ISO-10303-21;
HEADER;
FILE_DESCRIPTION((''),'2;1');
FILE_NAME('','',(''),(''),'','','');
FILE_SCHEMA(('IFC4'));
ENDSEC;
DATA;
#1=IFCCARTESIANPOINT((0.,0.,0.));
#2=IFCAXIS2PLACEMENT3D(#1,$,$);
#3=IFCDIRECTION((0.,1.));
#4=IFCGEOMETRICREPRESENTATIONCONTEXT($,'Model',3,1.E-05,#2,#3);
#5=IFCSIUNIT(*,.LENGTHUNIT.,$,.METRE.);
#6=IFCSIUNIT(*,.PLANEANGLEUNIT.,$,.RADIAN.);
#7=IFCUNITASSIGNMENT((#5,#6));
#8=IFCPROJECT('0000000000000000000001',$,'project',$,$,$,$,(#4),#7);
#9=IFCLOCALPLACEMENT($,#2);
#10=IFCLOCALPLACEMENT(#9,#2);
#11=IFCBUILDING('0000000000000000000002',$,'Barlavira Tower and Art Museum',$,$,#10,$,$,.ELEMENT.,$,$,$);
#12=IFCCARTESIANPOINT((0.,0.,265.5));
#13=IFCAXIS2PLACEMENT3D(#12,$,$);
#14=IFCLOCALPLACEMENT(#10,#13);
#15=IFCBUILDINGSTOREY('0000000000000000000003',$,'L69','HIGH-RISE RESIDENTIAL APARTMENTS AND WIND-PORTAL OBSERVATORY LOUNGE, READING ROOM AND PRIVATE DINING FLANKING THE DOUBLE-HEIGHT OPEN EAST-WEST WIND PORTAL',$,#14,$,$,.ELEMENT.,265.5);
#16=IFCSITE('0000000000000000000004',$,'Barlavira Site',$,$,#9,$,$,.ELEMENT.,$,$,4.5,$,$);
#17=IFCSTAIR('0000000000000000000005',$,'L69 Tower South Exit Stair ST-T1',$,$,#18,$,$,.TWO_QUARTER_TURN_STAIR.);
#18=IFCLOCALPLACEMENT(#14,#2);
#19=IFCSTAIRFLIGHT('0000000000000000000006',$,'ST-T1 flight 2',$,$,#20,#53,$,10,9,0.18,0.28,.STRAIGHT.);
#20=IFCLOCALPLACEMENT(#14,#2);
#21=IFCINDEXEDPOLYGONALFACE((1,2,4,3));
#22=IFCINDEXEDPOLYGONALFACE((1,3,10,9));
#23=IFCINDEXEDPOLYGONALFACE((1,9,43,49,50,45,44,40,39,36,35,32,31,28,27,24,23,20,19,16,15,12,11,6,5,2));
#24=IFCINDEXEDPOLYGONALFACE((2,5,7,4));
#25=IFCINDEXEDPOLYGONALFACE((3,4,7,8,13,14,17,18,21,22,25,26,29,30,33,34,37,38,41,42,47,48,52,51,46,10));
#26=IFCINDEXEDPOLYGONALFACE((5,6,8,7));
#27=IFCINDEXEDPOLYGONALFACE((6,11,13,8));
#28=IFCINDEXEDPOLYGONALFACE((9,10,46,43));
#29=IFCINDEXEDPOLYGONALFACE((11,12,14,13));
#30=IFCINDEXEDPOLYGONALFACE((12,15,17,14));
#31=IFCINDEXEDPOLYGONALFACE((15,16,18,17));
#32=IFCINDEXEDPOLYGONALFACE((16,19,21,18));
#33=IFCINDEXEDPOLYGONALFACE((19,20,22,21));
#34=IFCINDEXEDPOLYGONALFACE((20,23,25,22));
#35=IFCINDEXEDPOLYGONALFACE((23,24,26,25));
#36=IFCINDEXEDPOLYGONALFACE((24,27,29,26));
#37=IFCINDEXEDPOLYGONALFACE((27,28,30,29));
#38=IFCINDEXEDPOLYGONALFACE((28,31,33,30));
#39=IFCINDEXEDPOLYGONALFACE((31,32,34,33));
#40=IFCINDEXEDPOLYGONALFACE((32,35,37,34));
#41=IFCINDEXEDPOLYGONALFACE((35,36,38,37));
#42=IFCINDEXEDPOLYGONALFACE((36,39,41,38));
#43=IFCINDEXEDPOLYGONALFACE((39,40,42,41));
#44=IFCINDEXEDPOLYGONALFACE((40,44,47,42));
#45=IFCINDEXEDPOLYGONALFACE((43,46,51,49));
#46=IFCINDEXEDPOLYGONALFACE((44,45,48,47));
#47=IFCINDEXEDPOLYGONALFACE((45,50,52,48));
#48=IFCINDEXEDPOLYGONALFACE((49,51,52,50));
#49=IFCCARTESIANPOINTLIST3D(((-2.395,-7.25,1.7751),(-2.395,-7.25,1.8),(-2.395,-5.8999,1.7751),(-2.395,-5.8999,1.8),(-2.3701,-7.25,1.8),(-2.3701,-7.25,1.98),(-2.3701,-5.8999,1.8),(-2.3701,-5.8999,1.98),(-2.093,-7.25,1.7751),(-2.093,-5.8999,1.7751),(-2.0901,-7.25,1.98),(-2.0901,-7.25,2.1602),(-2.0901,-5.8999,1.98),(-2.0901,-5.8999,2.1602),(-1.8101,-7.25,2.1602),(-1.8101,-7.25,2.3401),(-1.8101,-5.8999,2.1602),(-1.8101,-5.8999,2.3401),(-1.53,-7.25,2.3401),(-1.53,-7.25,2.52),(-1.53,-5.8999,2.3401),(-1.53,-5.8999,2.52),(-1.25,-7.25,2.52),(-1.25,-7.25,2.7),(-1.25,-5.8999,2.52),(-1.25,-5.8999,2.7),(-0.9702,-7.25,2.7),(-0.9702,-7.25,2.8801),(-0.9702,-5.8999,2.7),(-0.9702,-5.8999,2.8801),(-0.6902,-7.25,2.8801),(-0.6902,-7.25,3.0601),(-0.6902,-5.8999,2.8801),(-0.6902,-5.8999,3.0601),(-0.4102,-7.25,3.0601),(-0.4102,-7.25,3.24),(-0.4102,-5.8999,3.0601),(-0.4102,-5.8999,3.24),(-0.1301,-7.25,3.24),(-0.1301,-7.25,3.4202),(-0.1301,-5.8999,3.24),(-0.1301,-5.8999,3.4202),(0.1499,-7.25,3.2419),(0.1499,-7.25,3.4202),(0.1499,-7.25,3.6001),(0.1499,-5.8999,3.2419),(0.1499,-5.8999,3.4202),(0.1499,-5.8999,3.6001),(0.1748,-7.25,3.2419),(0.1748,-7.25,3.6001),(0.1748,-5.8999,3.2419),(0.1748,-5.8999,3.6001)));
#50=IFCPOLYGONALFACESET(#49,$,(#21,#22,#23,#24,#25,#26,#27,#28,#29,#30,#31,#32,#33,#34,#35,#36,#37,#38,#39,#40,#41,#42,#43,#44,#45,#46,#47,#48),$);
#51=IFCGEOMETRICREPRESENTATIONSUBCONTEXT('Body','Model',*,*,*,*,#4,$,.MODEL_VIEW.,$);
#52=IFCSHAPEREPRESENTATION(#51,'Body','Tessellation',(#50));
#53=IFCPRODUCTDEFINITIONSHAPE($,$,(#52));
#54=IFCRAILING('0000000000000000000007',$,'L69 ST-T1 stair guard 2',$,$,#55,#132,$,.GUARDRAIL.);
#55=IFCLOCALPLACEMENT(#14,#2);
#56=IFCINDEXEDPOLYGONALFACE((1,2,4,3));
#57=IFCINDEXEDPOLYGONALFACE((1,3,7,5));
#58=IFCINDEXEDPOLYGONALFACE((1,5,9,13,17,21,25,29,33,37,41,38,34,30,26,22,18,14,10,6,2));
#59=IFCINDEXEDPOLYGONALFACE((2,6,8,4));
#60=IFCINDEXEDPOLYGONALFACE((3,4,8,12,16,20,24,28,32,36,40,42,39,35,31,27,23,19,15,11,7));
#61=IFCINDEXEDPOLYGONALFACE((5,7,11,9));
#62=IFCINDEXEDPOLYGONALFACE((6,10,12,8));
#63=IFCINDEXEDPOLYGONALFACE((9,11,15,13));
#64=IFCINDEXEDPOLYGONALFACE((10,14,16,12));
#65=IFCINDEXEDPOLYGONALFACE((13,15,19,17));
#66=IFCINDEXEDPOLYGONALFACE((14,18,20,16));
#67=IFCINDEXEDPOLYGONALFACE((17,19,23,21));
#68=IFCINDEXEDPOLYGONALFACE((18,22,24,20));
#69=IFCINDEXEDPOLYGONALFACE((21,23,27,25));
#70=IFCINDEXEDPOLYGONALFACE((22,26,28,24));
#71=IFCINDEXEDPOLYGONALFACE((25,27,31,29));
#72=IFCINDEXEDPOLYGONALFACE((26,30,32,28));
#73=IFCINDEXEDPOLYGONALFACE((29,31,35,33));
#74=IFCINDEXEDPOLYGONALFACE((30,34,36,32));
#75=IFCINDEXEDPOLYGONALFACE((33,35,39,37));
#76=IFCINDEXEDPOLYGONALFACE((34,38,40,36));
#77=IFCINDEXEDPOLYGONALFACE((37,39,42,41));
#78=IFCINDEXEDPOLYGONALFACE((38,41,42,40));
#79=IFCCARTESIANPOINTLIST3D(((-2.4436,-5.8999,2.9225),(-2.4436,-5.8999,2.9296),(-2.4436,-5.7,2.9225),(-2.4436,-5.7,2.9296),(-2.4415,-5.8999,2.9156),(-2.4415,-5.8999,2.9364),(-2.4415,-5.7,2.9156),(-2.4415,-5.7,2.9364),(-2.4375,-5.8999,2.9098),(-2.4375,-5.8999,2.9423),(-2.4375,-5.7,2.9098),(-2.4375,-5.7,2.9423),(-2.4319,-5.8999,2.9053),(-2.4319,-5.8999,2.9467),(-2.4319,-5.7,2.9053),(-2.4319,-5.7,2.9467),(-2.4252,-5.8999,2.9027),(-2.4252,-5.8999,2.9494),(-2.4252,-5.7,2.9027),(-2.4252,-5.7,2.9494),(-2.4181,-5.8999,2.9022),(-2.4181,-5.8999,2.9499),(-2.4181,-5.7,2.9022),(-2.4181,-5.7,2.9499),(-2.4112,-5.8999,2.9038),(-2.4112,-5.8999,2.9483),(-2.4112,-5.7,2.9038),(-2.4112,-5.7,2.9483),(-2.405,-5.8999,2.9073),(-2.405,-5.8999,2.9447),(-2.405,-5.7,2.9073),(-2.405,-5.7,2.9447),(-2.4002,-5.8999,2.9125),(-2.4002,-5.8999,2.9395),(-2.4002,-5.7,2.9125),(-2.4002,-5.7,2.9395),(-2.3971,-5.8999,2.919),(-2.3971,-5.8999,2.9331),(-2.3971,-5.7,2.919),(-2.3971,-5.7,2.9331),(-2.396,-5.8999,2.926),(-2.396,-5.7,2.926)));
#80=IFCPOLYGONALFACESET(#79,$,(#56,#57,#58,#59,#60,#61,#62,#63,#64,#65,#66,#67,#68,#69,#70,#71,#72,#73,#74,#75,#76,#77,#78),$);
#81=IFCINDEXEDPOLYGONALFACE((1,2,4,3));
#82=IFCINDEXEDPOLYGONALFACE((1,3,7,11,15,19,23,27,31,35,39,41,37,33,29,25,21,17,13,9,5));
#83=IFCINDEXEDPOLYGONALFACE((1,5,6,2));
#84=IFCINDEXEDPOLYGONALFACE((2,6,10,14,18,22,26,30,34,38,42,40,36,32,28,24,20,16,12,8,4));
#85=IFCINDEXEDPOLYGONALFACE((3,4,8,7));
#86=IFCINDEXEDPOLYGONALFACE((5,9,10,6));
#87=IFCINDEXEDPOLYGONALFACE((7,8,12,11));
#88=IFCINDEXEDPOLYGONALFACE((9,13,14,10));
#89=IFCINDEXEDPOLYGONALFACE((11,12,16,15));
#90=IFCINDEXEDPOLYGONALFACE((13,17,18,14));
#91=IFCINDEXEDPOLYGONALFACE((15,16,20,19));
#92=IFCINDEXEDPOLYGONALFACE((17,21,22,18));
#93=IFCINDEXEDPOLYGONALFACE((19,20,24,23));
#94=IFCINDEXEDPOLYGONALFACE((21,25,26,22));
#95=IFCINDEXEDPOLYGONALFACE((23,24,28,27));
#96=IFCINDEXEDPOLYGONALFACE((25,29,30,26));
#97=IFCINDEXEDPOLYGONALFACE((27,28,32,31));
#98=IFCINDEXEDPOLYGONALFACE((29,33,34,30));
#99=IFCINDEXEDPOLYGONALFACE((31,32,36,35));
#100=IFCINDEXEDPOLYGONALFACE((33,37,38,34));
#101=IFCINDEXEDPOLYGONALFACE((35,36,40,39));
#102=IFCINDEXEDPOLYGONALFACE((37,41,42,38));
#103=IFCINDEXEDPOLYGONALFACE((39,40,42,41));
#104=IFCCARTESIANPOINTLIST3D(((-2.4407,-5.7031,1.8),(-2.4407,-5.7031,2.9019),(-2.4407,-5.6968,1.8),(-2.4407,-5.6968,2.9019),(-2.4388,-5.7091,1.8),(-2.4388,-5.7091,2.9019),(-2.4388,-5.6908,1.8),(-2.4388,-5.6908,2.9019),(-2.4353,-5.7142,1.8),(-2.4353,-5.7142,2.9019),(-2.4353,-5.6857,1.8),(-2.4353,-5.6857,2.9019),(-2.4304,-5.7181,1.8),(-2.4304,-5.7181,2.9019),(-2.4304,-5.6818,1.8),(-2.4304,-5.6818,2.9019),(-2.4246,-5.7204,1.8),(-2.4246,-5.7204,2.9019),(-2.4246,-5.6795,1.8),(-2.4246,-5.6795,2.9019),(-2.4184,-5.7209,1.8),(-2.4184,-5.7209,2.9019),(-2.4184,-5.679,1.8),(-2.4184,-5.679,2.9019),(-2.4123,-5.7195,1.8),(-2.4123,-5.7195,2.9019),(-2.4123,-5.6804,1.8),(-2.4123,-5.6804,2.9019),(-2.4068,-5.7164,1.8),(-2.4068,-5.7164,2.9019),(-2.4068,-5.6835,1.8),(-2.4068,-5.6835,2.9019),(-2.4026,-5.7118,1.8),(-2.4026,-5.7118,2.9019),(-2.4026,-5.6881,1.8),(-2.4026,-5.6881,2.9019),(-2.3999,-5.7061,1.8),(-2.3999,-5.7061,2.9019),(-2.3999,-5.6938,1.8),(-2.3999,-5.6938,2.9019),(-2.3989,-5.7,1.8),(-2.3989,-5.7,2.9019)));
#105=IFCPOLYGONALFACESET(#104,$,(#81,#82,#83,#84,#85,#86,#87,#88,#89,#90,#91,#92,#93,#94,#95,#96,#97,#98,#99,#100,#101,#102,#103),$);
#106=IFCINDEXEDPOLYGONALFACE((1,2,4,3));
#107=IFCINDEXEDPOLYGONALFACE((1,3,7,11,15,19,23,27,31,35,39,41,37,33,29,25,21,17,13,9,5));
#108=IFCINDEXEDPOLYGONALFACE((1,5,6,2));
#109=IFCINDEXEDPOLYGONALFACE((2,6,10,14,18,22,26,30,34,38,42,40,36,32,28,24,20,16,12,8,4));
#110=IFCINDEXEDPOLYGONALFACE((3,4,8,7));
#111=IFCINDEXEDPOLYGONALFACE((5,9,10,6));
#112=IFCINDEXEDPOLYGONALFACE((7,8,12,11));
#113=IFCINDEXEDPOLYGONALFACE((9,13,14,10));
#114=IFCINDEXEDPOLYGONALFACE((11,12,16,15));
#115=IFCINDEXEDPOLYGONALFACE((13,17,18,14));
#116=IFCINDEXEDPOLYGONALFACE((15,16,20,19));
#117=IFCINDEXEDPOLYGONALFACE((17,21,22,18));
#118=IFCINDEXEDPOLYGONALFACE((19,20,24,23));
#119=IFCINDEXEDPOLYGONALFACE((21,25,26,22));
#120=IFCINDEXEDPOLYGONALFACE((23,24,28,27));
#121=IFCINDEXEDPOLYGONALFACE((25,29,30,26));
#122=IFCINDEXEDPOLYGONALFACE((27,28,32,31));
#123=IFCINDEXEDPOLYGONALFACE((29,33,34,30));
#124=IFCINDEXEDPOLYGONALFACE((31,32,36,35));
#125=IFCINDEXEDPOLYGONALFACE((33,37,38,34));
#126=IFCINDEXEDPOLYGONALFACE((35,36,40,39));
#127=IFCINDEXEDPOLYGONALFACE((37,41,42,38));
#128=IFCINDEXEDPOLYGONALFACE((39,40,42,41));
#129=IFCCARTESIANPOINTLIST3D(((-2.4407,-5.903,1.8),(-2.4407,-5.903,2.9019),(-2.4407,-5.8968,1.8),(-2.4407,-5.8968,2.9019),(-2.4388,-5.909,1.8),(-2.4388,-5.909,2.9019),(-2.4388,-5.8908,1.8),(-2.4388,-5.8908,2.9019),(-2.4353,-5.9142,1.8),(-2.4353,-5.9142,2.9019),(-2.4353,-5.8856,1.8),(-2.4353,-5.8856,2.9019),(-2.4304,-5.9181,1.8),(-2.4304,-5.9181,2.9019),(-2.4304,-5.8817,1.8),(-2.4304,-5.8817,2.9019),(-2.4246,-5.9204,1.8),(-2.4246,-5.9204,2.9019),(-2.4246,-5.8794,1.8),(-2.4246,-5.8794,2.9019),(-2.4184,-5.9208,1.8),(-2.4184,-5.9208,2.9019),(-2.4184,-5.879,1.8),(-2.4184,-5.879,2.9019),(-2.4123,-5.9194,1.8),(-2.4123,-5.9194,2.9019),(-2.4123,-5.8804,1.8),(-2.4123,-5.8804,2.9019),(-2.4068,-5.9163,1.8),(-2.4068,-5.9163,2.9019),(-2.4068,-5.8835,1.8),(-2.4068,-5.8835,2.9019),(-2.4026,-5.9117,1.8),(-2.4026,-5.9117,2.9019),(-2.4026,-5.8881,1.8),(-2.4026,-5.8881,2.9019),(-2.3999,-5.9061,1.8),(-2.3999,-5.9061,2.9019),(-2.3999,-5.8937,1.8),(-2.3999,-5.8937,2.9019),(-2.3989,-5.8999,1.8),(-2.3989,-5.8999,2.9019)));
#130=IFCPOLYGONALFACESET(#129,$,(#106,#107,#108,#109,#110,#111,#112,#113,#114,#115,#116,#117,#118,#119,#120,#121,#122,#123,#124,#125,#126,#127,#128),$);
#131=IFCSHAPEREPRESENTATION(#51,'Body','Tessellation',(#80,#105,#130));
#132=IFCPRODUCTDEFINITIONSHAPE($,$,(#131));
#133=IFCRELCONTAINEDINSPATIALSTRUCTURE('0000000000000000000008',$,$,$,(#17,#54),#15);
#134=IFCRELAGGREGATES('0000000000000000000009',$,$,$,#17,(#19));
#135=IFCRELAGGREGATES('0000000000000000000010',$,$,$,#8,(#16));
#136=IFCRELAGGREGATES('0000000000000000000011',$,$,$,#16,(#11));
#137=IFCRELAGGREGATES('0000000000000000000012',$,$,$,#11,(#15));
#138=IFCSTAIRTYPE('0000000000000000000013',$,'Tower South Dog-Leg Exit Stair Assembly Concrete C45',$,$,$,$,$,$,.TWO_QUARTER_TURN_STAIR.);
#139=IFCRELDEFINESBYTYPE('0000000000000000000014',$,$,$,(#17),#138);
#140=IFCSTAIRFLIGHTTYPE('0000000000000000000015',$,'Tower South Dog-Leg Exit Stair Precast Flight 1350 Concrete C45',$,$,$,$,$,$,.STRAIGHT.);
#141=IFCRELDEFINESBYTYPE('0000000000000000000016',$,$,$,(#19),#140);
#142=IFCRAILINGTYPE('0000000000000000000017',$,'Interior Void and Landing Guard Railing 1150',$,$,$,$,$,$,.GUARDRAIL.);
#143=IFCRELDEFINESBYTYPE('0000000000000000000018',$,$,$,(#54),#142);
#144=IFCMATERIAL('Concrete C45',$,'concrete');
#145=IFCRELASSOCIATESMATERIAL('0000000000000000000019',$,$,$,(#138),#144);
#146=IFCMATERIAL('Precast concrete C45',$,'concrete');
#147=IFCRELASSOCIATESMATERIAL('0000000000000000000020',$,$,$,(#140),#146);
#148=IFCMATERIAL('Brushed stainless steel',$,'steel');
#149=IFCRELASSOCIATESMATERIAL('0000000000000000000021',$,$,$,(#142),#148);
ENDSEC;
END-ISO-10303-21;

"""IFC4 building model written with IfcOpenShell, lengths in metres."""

from ifc_helpers import new_model, si_unit, direction, frame, origin, origin_2d, place, context, subcontext, project, spatial, polyline, circle, outline, extrude, material, type_object, element, aggregate, save


model = new_model("IFC4")

# Units and contexts
model_context = context("Model", 3, precision=1e-05, world=origin(), true_north=direction((0.0, 1.0)))
body_context = subcontext(model_context, "Body", "Model", "MODEL_VIEW")
ifc_project = project(units=[si_unit("LENGTHUNIT", "METRE"), si_unit("PLANEANGLEUNIT", "RADIAN")], contexts=[model_context])

# Site, building, storey
site_placement = place(None, origin())
site = spatial("IfcSite", under=ifc_project, at=site_placement, Name="Barlavira Site", CompositionType="ELEMENT", RefElevation=4.5)
building_placement = place(site_placement, origin())
building = spatial("IfcBuilding", under=site, at=building_placement, Name="Barlavira Tower and Art Museum", CompositionType="ELEMENT")
storey_placement = place(building_placement, frame((0.0, 0.0, 265.5)))
storey = spatial("IfcBuildingStorey", under=building, at=storey_placement, Name="L69", Description="HIGH-RISE RESIDENTIAL APARTMENTS AND WIND-PORTAL OBSERVATORY LOUNGE, READING ROOM AND PRIVATE DINING FLANKING THE DOUBLE-HEIGHT OPEN EAST-WEST WIND PORTAL", CompositionType="ELEMENT", Elevation=265.5)

# Stair, stair flight
ifc_material_1 = material(Name="Concrete C45", Category="concrete")
stair_type = type_object("IfcStairType", Name="Tower South Dog-Leg Exit Stair Assembly Concrete C45", PredefinedType="TWO_QUARTER_TURN_STAIR", material=ifc_material_1)
stair_placement = place(storey_placement, origin())
stair = element("IfcStair", 1, at=stair_placement, inside=storey, type_object=stair_type, Name="L69 Tower South Exit Stair ST-T1", PredefinedType="TWO_QUARTER_TURN_STAIR")
ifc_material_2 = material(Name="Precast concrete C45", Category="concrete")
stair_flight_type = type_object("IfcStairFlightType", Name="Tower South Dog-Leg Exit Stair Precast Flight 1350 Concrete C45", PredefinedType="STRAIGHT", material=ifc_material_2)
stair_flight_placement = place(storey_placement, frame((-2.3701, -6.575, 1.8), z_axis=(0.0, 0.0, 1.0), x_axis=(1.0, 0.0, 0.0)))
stair_flight = element("IfcStairFlight", 2, at=stair_flight_placement, type_object=stair_flight_type, Name="ST-T1 flight 2", NumberOfRisers=10, NumberOfTreads=9, PredefinedType="STRAIGHT", RiserHeight=0.18, TreadLength=0.28, context=body_context, shape_type="SweptSolid", body=[
    extrude(outline(polyline([(-0.0249, 0.0), (0.0, 0.0), (0.0, 0.1799), (0.28, 0.1799), (0.28, 0.3601), (0.5601, 0.3601), (0.5601, 0.54), (0.8401, 0.54), (0.8401, 0.72), (1.1201, 0.72), (1.1201, 0.8999), (1.3999, 0.8999), (1.3999, 1.0801), (1.6799, 1.0801), (1.6799, 1.26), (1.96, 1.26), (1.96, 1.4399), (2.24, 1.4399), (2.24, 1.6201), (2.52, 1.6201), (2.52, 1.8), (2.5449, 1.8), (2.5449, 1.4419), (2.52, 1.4419), (0.2771, -0.0249), (-0.0249, -0.0249), (-0.0249, 0.0)])), frame((0.0, 0.675, 0.0), z_axis=(0.0, -1.0, 0.0), x_axis=(1.0, 0.0, 0.0)), (0.0, 0.0, 1.0), 1.3501),
])
aggregate(stair, [stair_flight])

# Railing
ifc_material_3 = material(Name="Brushed stainless steel", Category="steel")
railing_type_1 = type_object("IfcRailingType", Name="Interior Void and Landing Guard Railing 1150", PredefinedType="GUARDRAIL", material=ifc_material_3)
railing_1_placement = place(storey_placement, frame((-2.4199, -5.7, 1.8)))
element("IfcRailing", 3, at=railing_1_placement, inside=storey, type_object=railing_type_1, Name="L69 ST-T1 stair guard 2", PredefinedType="GUARDRAIL", context=body_context, shape_type="SweptSolid", body=[
    extrude(circle(Radius=0.0239, at=origin_2d()), frame((0.0, 0.0, 1.126), z_axis=(0.0, -1.0, 0.0), x_axis=(1.0, 0.0, 0.0)), (0.0, 0.0, 1.0), 0.2),
    extrude(circle(Radius=0.021, at=origin_2d()), origin(), (0.0, 0.0, 1.0), 1.1018),
    extrude(circle(Radius=0.021, at=origin_2d()), frame((0.0, -0.2, 0.0)), (0.0, 0.0, 1.0), 1.1018),
])

save(model, "model.ifc")
